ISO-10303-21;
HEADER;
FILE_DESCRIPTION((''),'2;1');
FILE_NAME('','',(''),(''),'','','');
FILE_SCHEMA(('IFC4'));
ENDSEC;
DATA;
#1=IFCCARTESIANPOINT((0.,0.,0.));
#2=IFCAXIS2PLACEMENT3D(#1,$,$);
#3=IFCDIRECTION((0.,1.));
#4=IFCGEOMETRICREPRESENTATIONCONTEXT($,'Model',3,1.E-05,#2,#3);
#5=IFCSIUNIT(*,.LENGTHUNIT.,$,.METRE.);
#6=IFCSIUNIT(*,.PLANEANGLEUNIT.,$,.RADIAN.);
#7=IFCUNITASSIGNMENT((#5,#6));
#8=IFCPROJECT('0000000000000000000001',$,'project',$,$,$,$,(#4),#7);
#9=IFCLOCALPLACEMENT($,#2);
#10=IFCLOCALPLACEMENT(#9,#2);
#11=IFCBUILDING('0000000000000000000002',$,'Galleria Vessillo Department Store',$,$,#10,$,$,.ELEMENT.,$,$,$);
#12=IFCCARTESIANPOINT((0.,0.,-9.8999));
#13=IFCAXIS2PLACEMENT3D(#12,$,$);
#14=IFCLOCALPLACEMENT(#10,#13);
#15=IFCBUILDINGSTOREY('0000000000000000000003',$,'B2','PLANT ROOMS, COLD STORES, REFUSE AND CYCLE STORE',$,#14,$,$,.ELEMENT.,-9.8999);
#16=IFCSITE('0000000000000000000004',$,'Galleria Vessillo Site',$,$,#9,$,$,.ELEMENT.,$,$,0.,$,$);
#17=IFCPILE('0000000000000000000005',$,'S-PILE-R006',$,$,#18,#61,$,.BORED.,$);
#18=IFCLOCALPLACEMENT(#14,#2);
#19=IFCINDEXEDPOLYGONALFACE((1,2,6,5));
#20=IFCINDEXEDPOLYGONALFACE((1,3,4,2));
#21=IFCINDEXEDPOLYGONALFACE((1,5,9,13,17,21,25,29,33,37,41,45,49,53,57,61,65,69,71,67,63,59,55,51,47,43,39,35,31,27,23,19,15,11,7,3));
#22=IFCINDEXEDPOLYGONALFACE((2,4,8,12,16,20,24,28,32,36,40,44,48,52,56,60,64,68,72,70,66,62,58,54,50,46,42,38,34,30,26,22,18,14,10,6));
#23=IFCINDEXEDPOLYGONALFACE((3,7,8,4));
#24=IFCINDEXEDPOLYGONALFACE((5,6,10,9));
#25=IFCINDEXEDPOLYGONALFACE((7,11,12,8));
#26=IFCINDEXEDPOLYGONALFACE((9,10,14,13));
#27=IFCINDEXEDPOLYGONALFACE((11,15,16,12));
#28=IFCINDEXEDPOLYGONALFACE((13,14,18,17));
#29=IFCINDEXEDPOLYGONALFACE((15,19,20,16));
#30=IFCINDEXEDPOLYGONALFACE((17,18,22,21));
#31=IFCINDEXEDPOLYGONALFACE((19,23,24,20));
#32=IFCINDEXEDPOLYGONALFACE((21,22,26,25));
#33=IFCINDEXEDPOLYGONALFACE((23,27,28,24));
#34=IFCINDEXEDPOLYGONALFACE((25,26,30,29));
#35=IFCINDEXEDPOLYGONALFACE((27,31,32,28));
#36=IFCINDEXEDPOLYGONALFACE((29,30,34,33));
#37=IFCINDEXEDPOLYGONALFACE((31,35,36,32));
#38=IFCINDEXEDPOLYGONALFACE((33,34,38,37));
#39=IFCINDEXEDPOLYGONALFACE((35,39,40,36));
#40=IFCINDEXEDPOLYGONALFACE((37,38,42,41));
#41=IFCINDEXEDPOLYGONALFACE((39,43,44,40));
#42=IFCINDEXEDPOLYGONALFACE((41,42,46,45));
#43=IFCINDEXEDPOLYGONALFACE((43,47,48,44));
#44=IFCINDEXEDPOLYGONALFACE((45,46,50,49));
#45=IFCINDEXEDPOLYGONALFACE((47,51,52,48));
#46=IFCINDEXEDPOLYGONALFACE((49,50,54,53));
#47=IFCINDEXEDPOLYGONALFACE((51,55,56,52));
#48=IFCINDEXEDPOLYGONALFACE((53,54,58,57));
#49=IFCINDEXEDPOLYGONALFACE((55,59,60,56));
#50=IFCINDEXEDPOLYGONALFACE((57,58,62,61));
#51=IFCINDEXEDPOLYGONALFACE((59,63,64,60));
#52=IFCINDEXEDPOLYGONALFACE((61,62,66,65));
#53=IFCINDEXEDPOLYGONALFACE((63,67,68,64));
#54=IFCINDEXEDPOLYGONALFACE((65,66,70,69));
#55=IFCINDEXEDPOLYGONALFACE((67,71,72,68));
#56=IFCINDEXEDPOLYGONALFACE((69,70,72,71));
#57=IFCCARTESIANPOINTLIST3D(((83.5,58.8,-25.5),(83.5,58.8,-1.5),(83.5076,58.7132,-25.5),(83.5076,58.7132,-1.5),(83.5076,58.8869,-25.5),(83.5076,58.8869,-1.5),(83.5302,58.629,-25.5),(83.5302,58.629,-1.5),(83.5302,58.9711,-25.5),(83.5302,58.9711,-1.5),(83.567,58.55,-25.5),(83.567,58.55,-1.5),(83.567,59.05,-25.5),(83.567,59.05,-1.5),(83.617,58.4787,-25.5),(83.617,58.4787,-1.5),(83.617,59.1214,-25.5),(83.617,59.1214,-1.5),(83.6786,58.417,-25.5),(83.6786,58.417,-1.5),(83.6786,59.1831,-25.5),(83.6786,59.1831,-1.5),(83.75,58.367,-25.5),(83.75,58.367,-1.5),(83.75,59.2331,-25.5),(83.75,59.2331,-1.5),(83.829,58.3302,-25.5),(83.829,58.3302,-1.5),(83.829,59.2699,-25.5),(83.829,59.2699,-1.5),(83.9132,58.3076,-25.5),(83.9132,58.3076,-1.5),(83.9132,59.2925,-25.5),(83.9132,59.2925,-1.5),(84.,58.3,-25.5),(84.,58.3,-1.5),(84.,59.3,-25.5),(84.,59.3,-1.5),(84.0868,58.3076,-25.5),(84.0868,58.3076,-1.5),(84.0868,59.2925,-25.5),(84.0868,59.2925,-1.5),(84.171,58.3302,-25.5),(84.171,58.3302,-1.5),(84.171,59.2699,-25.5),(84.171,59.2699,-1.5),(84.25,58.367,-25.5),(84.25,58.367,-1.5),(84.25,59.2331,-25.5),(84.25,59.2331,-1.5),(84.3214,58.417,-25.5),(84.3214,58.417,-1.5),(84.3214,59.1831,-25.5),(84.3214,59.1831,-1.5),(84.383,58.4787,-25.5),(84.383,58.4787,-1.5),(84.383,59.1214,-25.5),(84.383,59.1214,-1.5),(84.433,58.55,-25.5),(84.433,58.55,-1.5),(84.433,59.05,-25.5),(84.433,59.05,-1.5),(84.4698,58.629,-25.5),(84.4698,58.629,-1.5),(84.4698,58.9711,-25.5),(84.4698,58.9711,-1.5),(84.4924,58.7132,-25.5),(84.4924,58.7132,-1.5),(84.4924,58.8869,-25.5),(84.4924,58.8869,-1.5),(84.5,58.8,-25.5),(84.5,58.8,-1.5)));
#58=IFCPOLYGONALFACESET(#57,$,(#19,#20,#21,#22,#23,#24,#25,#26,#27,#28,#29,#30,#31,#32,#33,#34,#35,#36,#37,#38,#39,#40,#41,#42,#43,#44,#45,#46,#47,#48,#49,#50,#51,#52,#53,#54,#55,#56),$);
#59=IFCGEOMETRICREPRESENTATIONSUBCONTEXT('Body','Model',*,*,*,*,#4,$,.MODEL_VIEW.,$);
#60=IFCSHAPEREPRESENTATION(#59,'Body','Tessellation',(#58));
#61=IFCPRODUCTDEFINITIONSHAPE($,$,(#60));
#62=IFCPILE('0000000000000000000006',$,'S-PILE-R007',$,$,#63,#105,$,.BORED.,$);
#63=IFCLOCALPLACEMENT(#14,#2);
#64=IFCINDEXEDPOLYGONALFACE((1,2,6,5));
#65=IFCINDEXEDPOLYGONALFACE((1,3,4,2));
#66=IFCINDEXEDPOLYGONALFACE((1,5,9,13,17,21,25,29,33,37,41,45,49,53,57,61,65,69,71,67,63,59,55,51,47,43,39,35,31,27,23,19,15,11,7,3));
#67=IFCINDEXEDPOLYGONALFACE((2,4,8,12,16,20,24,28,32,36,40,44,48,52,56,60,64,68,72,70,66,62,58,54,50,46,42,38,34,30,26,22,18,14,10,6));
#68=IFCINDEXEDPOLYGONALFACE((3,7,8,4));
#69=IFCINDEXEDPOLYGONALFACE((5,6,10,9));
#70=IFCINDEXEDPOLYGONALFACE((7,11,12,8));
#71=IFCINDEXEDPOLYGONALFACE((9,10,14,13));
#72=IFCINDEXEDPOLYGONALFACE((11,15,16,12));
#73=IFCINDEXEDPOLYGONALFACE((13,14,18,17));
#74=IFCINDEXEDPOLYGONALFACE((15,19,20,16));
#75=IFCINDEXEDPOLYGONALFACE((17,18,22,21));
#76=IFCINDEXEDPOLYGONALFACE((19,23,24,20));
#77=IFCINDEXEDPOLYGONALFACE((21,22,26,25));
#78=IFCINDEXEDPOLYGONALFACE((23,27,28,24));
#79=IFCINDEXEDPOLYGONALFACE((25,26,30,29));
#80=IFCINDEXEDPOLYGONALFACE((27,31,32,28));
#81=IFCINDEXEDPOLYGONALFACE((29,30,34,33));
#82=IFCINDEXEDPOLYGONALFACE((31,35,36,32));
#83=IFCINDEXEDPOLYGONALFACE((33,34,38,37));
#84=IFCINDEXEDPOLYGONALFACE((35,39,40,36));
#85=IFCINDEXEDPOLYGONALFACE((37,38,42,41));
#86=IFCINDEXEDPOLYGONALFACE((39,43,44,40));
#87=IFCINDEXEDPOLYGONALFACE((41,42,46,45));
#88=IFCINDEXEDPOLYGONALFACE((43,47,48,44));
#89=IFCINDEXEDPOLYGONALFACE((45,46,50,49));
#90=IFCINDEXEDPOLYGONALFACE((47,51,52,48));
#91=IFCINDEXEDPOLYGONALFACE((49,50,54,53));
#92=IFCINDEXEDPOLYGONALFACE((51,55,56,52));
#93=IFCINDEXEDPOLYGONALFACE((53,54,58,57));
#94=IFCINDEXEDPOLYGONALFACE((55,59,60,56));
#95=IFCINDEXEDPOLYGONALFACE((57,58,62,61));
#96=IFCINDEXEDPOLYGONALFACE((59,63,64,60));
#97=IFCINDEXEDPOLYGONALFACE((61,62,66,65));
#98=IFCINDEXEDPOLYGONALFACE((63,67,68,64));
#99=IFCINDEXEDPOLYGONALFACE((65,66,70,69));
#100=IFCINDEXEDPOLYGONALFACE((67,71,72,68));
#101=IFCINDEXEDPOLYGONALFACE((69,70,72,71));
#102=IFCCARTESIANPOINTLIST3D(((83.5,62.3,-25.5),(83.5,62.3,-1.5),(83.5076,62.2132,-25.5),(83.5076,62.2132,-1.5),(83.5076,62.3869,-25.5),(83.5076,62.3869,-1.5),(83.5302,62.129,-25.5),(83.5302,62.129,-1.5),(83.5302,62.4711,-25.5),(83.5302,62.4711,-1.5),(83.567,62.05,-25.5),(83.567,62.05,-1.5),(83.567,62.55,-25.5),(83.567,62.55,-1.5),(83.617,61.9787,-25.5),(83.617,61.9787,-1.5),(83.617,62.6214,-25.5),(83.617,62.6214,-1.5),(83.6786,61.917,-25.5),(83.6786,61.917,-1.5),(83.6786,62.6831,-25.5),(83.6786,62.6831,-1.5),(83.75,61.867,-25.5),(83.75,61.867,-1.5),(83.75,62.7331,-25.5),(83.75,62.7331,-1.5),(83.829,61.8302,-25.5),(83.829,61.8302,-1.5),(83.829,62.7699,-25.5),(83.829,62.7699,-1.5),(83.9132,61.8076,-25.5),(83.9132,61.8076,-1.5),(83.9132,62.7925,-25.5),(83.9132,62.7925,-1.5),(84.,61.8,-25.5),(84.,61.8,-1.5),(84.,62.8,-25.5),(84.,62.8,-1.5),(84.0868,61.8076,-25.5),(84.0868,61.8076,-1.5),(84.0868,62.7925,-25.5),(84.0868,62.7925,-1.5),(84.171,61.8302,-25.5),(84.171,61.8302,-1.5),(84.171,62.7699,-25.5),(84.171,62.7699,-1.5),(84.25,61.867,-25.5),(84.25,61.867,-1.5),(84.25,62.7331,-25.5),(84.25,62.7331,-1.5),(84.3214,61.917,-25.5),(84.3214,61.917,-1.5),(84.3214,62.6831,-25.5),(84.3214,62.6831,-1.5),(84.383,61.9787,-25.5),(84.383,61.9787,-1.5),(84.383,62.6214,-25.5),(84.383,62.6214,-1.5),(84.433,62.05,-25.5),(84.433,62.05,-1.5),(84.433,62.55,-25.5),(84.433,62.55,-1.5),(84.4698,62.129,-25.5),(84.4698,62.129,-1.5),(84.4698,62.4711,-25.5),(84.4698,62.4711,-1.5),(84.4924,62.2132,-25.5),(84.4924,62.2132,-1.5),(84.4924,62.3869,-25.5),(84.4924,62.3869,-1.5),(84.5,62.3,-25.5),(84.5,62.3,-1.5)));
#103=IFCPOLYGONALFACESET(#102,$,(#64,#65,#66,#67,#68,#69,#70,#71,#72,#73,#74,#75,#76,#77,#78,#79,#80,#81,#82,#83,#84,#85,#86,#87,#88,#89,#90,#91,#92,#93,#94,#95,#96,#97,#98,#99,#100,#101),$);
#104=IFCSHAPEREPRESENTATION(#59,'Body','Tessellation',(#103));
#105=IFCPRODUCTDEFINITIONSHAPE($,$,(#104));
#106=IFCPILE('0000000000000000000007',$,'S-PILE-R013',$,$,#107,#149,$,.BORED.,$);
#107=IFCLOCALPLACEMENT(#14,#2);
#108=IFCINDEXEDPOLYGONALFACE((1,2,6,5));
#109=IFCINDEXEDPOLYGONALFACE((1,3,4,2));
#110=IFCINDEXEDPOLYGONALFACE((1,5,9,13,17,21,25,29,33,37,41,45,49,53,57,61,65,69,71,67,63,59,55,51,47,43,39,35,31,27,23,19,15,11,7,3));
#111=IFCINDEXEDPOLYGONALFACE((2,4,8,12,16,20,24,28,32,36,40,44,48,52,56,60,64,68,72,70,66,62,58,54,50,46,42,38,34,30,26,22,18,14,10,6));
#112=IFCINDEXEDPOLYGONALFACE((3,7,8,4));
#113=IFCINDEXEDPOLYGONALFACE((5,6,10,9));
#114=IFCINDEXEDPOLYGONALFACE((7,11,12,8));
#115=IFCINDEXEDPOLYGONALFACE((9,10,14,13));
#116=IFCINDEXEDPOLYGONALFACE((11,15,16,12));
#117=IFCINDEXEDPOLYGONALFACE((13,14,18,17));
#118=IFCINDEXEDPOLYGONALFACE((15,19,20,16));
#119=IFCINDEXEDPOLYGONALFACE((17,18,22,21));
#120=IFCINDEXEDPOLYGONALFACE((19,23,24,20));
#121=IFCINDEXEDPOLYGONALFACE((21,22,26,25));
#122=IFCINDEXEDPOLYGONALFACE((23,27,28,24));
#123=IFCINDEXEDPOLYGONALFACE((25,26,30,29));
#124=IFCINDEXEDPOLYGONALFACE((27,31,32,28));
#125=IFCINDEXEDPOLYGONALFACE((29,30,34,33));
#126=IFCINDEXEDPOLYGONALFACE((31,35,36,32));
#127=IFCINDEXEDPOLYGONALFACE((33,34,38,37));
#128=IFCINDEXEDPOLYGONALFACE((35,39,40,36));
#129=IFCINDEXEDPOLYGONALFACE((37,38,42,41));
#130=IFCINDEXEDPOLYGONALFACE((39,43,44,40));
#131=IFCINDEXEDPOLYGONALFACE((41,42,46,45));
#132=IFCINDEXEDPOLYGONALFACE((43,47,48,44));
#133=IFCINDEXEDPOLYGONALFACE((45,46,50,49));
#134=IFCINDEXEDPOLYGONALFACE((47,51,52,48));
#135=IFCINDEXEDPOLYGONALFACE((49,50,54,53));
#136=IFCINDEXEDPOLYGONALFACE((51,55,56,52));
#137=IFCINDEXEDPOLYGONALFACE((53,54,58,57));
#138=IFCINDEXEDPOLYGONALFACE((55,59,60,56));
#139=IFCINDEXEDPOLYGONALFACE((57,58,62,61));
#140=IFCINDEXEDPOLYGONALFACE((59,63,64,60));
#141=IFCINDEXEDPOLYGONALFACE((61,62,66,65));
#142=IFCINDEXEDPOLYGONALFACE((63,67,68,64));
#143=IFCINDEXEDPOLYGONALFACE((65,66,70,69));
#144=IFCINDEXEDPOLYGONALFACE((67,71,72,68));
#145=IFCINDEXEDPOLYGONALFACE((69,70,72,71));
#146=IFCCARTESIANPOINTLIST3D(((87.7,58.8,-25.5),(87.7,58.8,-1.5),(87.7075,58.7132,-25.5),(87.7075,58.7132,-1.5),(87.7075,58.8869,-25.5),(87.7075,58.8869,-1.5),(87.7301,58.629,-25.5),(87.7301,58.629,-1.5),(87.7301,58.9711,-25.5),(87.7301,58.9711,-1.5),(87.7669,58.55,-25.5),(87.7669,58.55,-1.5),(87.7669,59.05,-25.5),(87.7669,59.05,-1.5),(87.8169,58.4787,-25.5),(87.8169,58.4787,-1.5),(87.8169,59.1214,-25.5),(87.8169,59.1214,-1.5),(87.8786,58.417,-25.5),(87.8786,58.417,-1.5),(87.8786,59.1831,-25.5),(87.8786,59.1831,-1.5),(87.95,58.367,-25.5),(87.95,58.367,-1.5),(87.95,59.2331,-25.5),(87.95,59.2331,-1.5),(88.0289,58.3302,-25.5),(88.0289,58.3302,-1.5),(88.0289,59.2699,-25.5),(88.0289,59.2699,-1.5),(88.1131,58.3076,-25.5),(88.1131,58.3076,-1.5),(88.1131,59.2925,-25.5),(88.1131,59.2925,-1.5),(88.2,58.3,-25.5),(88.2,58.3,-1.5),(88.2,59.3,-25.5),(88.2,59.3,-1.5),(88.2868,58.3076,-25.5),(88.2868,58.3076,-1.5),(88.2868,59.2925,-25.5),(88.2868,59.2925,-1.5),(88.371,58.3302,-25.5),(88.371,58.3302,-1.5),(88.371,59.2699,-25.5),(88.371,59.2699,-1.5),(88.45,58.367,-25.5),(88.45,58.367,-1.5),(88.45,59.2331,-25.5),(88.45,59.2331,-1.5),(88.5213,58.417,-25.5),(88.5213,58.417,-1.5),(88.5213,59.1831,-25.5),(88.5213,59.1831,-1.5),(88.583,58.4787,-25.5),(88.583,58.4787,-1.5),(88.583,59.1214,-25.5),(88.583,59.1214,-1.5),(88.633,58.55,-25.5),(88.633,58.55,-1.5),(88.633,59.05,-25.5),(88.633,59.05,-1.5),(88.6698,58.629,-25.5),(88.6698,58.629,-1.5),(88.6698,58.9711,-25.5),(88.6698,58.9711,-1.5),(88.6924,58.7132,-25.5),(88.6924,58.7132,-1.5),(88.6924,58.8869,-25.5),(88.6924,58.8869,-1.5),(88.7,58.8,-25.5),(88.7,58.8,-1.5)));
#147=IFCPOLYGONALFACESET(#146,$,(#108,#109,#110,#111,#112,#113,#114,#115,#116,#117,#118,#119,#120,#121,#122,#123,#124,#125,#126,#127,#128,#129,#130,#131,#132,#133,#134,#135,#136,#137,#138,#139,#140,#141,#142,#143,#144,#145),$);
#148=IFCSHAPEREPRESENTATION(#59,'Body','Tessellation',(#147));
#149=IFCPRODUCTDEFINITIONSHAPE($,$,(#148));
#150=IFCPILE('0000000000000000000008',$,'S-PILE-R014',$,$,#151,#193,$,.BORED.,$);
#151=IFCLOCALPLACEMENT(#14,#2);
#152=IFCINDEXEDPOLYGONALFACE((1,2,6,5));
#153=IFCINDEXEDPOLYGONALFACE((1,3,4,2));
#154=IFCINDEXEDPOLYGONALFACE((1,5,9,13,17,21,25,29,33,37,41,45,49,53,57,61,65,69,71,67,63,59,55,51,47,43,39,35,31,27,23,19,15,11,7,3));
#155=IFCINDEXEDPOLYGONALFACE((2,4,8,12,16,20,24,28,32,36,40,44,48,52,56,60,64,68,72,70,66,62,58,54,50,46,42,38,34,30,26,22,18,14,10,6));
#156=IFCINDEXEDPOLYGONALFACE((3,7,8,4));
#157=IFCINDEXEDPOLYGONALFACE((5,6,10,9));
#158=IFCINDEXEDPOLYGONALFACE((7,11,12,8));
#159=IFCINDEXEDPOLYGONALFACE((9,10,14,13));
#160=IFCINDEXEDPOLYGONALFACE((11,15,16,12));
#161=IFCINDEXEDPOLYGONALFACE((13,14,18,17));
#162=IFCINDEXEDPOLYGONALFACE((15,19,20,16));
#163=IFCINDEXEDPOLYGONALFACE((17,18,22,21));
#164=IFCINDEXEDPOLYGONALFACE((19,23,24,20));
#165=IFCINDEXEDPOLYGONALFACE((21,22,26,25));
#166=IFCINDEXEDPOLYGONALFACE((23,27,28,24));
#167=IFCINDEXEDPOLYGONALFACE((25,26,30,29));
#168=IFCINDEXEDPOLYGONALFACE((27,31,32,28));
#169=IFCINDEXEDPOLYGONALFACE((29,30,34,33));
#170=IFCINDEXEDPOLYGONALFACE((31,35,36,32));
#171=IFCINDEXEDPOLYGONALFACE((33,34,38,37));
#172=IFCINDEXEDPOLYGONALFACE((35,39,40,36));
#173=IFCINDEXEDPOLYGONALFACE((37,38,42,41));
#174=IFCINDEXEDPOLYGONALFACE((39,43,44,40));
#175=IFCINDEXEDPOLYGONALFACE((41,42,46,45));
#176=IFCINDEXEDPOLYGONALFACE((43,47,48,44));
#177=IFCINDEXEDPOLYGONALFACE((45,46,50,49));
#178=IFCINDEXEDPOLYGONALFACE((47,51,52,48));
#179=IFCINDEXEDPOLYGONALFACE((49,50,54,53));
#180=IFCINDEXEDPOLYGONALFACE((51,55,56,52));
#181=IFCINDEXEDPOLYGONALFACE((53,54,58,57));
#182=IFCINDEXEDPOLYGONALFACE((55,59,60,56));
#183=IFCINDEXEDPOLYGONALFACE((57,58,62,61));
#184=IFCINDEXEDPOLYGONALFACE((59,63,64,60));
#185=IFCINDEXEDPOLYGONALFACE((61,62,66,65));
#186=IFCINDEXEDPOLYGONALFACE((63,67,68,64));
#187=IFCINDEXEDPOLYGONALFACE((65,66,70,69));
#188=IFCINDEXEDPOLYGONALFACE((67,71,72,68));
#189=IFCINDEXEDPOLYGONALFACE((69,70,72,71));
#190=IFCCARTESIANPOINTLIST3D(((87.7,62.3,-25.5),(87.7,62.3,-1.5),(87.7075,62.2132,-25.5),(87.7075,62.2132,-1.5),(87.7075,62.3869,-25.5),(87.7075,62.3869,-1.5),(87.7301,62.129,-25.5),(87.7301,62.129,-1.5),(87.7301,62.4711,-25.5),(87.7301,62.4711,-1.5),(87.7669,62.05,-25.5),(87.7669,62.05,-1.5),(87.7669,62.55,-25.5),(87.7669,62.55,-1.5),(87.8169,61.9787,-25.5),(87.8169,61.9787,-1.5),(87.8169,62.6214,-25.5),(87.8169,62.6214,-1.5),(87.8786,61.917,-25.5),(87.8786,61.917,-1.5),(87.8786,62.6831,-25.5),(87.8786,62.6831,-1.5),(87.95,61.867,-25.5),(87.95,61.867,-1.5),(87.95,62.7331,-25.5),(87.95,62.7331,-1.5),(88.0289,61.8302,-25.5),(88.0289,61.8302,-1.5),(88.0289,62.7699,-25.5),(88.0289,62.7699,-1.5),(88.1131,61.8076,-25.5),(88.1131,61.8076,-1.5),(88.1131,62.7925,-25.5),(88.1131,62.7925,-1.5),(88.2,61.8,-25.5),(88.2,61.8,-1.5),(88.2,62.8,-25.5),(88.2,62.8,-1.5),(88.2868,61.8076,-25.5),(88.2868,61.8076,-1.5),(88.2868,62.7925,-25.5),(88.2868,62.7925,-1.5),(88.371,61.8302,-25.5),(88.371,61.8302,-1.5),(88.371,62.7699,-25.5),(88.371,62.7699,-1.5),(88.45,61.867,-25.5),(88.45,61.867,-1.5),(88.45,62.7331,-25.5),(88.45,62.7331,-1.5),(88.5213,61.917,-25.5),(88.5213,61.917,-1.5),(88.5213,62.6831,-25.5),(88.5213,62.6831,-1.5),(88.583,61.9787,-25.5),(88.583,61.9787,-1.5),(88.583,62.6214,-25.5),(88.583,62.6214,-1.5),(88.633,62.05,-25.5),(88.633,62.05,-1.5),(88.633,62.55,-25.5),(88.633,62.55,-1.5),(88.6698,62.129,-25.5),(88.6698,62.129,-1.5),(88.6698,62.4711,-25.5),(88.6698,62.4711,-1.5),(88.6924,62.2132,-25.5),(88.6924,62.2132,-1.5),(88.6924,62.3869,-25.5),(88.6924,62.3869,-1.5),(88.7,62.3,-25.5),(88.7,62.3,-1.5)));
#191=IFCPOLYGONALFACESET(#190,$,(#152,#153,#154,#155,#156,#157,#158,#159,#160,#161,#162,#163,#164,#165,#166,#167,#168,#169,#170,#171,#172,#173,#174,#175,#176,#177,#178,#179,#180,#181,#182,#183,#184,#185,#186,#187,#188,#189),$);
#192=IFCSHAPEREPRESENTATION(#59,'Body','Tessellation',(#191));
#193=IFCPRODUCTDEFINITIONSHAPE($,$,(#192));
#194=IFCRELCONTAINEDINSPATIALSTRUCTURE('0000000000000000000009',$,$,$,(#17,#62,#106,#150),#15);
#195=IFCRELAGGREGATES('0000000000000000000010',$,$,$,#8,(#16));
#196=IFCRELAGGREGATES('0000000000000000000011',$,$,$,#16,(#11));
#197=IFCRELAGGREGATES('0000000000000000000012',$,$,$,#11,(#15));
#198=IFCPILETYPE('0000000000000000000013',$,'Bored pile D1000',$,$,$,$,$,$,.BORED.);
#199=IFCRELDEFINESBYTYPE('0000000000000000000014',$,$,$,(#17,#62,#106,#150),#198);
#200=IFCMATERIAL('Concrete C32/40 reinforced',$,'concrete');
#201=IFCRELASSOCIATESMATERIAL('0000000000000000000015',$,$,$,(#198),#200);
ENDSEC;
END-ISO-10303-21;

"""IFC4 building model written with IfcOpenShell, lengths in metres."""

from ifc_helpers import new_model, si_unit, direction, frame, origin, origin_2d, place, context, subcontext, project, spatial, circle, extrude, material, material_profile, profile_set, type_object, element, save


model = new_model("IFC4")

# Units and contexts
model_context = context("Model", 3, precision=1e-05, world=origin(), true_north=direction((0.0, 1.0)))
body_context = subcontext(model_context, "Body", "Model", "MODEL_VIEW")
ifc_project = project(units=[si_unit("LENGTHUNIT", "METRE"), si_unit("PLANEANGLEUNIT", "RADIAN")], contexts=[model_context])

# Site, building, storey
site_placement = place(None, origin())
site = spatial("IfcSite", under=ifc_project, at=site_placement, Name="Galleria Vessillo Site", CompositionType="ELEMENT", RefElevation=0.0)
building_placement = place(site_placement, origin())
building = spatial("IfcBuilding", under=site, at=building_placement, Name="Galleria Vessillo Department Store", CompositionType="ELEMENT")
storey_placement = place(building_placement, frame((0.0, 0.0, -9.8999)))
storey = spatial("IfcBuildingStorey", under=building, at=storey_placement, Name="B2", Description="PLANT ROOMS, COLD STORES, REFUSE AND CYCLE STORE", CompositionType="ELEMENT", Elevation=-9.8999)

# Piles
ifc_material_1 = material(Name="Concrete C32/40 reinforced", Category="concrete")
ifc_material_profile_1 = material_profile(ifc_material_1, circle(Radius=0.5, at=origin_2d()), Name="Bored pile D1000")
ifc_profile_set_1 = profile_set([ifc_material_profile_1], Name="Concrete C32/40 reinforced")
pile_type = type_object("IfcPileType", Name="Bored pile D1000", PredefinedType="BORED", material=ifc_profile_set_1)
for number, where, z_axis, x_axis, name in (
    (1, (84.0, 58.8, -1.5), (0.0, 0.0, -1.0), (1.0, 0.0, 0.0), "S-PILE-R006"),
    (2, (84.0, 62.3, -1.5), (0.0, 0.0, -1.0), (1.0, 0.0, 0.0), "S-PILE-R007"),
    (3, (88.2, 58.8, -1.5), (0.0, 0.0, -1.0), (1.0, 0.0, 0.0), "S-PILE-R013"),
    (4, (88.2, 62.3, -1.5), (0.0, 0.0, -1.0), (1.0, 0.0, 0.0), "S-PILE-R014"),
):
    element("IfcPile", number, at=place(storey_placement, frame(where, z_axis=z_axis, x_axis=x_axis)), inside=storey, type_object=pile_type, Name=name, PredefinedType="BORED", context=body_context, shape_type="SweptSolid", body=[
        extrude(circle(Radius=0.5, at=origin_2d()), origin(), (0.0, 0.0, 1.0), 24.0),
    ])

save(model, "model.ifc")
